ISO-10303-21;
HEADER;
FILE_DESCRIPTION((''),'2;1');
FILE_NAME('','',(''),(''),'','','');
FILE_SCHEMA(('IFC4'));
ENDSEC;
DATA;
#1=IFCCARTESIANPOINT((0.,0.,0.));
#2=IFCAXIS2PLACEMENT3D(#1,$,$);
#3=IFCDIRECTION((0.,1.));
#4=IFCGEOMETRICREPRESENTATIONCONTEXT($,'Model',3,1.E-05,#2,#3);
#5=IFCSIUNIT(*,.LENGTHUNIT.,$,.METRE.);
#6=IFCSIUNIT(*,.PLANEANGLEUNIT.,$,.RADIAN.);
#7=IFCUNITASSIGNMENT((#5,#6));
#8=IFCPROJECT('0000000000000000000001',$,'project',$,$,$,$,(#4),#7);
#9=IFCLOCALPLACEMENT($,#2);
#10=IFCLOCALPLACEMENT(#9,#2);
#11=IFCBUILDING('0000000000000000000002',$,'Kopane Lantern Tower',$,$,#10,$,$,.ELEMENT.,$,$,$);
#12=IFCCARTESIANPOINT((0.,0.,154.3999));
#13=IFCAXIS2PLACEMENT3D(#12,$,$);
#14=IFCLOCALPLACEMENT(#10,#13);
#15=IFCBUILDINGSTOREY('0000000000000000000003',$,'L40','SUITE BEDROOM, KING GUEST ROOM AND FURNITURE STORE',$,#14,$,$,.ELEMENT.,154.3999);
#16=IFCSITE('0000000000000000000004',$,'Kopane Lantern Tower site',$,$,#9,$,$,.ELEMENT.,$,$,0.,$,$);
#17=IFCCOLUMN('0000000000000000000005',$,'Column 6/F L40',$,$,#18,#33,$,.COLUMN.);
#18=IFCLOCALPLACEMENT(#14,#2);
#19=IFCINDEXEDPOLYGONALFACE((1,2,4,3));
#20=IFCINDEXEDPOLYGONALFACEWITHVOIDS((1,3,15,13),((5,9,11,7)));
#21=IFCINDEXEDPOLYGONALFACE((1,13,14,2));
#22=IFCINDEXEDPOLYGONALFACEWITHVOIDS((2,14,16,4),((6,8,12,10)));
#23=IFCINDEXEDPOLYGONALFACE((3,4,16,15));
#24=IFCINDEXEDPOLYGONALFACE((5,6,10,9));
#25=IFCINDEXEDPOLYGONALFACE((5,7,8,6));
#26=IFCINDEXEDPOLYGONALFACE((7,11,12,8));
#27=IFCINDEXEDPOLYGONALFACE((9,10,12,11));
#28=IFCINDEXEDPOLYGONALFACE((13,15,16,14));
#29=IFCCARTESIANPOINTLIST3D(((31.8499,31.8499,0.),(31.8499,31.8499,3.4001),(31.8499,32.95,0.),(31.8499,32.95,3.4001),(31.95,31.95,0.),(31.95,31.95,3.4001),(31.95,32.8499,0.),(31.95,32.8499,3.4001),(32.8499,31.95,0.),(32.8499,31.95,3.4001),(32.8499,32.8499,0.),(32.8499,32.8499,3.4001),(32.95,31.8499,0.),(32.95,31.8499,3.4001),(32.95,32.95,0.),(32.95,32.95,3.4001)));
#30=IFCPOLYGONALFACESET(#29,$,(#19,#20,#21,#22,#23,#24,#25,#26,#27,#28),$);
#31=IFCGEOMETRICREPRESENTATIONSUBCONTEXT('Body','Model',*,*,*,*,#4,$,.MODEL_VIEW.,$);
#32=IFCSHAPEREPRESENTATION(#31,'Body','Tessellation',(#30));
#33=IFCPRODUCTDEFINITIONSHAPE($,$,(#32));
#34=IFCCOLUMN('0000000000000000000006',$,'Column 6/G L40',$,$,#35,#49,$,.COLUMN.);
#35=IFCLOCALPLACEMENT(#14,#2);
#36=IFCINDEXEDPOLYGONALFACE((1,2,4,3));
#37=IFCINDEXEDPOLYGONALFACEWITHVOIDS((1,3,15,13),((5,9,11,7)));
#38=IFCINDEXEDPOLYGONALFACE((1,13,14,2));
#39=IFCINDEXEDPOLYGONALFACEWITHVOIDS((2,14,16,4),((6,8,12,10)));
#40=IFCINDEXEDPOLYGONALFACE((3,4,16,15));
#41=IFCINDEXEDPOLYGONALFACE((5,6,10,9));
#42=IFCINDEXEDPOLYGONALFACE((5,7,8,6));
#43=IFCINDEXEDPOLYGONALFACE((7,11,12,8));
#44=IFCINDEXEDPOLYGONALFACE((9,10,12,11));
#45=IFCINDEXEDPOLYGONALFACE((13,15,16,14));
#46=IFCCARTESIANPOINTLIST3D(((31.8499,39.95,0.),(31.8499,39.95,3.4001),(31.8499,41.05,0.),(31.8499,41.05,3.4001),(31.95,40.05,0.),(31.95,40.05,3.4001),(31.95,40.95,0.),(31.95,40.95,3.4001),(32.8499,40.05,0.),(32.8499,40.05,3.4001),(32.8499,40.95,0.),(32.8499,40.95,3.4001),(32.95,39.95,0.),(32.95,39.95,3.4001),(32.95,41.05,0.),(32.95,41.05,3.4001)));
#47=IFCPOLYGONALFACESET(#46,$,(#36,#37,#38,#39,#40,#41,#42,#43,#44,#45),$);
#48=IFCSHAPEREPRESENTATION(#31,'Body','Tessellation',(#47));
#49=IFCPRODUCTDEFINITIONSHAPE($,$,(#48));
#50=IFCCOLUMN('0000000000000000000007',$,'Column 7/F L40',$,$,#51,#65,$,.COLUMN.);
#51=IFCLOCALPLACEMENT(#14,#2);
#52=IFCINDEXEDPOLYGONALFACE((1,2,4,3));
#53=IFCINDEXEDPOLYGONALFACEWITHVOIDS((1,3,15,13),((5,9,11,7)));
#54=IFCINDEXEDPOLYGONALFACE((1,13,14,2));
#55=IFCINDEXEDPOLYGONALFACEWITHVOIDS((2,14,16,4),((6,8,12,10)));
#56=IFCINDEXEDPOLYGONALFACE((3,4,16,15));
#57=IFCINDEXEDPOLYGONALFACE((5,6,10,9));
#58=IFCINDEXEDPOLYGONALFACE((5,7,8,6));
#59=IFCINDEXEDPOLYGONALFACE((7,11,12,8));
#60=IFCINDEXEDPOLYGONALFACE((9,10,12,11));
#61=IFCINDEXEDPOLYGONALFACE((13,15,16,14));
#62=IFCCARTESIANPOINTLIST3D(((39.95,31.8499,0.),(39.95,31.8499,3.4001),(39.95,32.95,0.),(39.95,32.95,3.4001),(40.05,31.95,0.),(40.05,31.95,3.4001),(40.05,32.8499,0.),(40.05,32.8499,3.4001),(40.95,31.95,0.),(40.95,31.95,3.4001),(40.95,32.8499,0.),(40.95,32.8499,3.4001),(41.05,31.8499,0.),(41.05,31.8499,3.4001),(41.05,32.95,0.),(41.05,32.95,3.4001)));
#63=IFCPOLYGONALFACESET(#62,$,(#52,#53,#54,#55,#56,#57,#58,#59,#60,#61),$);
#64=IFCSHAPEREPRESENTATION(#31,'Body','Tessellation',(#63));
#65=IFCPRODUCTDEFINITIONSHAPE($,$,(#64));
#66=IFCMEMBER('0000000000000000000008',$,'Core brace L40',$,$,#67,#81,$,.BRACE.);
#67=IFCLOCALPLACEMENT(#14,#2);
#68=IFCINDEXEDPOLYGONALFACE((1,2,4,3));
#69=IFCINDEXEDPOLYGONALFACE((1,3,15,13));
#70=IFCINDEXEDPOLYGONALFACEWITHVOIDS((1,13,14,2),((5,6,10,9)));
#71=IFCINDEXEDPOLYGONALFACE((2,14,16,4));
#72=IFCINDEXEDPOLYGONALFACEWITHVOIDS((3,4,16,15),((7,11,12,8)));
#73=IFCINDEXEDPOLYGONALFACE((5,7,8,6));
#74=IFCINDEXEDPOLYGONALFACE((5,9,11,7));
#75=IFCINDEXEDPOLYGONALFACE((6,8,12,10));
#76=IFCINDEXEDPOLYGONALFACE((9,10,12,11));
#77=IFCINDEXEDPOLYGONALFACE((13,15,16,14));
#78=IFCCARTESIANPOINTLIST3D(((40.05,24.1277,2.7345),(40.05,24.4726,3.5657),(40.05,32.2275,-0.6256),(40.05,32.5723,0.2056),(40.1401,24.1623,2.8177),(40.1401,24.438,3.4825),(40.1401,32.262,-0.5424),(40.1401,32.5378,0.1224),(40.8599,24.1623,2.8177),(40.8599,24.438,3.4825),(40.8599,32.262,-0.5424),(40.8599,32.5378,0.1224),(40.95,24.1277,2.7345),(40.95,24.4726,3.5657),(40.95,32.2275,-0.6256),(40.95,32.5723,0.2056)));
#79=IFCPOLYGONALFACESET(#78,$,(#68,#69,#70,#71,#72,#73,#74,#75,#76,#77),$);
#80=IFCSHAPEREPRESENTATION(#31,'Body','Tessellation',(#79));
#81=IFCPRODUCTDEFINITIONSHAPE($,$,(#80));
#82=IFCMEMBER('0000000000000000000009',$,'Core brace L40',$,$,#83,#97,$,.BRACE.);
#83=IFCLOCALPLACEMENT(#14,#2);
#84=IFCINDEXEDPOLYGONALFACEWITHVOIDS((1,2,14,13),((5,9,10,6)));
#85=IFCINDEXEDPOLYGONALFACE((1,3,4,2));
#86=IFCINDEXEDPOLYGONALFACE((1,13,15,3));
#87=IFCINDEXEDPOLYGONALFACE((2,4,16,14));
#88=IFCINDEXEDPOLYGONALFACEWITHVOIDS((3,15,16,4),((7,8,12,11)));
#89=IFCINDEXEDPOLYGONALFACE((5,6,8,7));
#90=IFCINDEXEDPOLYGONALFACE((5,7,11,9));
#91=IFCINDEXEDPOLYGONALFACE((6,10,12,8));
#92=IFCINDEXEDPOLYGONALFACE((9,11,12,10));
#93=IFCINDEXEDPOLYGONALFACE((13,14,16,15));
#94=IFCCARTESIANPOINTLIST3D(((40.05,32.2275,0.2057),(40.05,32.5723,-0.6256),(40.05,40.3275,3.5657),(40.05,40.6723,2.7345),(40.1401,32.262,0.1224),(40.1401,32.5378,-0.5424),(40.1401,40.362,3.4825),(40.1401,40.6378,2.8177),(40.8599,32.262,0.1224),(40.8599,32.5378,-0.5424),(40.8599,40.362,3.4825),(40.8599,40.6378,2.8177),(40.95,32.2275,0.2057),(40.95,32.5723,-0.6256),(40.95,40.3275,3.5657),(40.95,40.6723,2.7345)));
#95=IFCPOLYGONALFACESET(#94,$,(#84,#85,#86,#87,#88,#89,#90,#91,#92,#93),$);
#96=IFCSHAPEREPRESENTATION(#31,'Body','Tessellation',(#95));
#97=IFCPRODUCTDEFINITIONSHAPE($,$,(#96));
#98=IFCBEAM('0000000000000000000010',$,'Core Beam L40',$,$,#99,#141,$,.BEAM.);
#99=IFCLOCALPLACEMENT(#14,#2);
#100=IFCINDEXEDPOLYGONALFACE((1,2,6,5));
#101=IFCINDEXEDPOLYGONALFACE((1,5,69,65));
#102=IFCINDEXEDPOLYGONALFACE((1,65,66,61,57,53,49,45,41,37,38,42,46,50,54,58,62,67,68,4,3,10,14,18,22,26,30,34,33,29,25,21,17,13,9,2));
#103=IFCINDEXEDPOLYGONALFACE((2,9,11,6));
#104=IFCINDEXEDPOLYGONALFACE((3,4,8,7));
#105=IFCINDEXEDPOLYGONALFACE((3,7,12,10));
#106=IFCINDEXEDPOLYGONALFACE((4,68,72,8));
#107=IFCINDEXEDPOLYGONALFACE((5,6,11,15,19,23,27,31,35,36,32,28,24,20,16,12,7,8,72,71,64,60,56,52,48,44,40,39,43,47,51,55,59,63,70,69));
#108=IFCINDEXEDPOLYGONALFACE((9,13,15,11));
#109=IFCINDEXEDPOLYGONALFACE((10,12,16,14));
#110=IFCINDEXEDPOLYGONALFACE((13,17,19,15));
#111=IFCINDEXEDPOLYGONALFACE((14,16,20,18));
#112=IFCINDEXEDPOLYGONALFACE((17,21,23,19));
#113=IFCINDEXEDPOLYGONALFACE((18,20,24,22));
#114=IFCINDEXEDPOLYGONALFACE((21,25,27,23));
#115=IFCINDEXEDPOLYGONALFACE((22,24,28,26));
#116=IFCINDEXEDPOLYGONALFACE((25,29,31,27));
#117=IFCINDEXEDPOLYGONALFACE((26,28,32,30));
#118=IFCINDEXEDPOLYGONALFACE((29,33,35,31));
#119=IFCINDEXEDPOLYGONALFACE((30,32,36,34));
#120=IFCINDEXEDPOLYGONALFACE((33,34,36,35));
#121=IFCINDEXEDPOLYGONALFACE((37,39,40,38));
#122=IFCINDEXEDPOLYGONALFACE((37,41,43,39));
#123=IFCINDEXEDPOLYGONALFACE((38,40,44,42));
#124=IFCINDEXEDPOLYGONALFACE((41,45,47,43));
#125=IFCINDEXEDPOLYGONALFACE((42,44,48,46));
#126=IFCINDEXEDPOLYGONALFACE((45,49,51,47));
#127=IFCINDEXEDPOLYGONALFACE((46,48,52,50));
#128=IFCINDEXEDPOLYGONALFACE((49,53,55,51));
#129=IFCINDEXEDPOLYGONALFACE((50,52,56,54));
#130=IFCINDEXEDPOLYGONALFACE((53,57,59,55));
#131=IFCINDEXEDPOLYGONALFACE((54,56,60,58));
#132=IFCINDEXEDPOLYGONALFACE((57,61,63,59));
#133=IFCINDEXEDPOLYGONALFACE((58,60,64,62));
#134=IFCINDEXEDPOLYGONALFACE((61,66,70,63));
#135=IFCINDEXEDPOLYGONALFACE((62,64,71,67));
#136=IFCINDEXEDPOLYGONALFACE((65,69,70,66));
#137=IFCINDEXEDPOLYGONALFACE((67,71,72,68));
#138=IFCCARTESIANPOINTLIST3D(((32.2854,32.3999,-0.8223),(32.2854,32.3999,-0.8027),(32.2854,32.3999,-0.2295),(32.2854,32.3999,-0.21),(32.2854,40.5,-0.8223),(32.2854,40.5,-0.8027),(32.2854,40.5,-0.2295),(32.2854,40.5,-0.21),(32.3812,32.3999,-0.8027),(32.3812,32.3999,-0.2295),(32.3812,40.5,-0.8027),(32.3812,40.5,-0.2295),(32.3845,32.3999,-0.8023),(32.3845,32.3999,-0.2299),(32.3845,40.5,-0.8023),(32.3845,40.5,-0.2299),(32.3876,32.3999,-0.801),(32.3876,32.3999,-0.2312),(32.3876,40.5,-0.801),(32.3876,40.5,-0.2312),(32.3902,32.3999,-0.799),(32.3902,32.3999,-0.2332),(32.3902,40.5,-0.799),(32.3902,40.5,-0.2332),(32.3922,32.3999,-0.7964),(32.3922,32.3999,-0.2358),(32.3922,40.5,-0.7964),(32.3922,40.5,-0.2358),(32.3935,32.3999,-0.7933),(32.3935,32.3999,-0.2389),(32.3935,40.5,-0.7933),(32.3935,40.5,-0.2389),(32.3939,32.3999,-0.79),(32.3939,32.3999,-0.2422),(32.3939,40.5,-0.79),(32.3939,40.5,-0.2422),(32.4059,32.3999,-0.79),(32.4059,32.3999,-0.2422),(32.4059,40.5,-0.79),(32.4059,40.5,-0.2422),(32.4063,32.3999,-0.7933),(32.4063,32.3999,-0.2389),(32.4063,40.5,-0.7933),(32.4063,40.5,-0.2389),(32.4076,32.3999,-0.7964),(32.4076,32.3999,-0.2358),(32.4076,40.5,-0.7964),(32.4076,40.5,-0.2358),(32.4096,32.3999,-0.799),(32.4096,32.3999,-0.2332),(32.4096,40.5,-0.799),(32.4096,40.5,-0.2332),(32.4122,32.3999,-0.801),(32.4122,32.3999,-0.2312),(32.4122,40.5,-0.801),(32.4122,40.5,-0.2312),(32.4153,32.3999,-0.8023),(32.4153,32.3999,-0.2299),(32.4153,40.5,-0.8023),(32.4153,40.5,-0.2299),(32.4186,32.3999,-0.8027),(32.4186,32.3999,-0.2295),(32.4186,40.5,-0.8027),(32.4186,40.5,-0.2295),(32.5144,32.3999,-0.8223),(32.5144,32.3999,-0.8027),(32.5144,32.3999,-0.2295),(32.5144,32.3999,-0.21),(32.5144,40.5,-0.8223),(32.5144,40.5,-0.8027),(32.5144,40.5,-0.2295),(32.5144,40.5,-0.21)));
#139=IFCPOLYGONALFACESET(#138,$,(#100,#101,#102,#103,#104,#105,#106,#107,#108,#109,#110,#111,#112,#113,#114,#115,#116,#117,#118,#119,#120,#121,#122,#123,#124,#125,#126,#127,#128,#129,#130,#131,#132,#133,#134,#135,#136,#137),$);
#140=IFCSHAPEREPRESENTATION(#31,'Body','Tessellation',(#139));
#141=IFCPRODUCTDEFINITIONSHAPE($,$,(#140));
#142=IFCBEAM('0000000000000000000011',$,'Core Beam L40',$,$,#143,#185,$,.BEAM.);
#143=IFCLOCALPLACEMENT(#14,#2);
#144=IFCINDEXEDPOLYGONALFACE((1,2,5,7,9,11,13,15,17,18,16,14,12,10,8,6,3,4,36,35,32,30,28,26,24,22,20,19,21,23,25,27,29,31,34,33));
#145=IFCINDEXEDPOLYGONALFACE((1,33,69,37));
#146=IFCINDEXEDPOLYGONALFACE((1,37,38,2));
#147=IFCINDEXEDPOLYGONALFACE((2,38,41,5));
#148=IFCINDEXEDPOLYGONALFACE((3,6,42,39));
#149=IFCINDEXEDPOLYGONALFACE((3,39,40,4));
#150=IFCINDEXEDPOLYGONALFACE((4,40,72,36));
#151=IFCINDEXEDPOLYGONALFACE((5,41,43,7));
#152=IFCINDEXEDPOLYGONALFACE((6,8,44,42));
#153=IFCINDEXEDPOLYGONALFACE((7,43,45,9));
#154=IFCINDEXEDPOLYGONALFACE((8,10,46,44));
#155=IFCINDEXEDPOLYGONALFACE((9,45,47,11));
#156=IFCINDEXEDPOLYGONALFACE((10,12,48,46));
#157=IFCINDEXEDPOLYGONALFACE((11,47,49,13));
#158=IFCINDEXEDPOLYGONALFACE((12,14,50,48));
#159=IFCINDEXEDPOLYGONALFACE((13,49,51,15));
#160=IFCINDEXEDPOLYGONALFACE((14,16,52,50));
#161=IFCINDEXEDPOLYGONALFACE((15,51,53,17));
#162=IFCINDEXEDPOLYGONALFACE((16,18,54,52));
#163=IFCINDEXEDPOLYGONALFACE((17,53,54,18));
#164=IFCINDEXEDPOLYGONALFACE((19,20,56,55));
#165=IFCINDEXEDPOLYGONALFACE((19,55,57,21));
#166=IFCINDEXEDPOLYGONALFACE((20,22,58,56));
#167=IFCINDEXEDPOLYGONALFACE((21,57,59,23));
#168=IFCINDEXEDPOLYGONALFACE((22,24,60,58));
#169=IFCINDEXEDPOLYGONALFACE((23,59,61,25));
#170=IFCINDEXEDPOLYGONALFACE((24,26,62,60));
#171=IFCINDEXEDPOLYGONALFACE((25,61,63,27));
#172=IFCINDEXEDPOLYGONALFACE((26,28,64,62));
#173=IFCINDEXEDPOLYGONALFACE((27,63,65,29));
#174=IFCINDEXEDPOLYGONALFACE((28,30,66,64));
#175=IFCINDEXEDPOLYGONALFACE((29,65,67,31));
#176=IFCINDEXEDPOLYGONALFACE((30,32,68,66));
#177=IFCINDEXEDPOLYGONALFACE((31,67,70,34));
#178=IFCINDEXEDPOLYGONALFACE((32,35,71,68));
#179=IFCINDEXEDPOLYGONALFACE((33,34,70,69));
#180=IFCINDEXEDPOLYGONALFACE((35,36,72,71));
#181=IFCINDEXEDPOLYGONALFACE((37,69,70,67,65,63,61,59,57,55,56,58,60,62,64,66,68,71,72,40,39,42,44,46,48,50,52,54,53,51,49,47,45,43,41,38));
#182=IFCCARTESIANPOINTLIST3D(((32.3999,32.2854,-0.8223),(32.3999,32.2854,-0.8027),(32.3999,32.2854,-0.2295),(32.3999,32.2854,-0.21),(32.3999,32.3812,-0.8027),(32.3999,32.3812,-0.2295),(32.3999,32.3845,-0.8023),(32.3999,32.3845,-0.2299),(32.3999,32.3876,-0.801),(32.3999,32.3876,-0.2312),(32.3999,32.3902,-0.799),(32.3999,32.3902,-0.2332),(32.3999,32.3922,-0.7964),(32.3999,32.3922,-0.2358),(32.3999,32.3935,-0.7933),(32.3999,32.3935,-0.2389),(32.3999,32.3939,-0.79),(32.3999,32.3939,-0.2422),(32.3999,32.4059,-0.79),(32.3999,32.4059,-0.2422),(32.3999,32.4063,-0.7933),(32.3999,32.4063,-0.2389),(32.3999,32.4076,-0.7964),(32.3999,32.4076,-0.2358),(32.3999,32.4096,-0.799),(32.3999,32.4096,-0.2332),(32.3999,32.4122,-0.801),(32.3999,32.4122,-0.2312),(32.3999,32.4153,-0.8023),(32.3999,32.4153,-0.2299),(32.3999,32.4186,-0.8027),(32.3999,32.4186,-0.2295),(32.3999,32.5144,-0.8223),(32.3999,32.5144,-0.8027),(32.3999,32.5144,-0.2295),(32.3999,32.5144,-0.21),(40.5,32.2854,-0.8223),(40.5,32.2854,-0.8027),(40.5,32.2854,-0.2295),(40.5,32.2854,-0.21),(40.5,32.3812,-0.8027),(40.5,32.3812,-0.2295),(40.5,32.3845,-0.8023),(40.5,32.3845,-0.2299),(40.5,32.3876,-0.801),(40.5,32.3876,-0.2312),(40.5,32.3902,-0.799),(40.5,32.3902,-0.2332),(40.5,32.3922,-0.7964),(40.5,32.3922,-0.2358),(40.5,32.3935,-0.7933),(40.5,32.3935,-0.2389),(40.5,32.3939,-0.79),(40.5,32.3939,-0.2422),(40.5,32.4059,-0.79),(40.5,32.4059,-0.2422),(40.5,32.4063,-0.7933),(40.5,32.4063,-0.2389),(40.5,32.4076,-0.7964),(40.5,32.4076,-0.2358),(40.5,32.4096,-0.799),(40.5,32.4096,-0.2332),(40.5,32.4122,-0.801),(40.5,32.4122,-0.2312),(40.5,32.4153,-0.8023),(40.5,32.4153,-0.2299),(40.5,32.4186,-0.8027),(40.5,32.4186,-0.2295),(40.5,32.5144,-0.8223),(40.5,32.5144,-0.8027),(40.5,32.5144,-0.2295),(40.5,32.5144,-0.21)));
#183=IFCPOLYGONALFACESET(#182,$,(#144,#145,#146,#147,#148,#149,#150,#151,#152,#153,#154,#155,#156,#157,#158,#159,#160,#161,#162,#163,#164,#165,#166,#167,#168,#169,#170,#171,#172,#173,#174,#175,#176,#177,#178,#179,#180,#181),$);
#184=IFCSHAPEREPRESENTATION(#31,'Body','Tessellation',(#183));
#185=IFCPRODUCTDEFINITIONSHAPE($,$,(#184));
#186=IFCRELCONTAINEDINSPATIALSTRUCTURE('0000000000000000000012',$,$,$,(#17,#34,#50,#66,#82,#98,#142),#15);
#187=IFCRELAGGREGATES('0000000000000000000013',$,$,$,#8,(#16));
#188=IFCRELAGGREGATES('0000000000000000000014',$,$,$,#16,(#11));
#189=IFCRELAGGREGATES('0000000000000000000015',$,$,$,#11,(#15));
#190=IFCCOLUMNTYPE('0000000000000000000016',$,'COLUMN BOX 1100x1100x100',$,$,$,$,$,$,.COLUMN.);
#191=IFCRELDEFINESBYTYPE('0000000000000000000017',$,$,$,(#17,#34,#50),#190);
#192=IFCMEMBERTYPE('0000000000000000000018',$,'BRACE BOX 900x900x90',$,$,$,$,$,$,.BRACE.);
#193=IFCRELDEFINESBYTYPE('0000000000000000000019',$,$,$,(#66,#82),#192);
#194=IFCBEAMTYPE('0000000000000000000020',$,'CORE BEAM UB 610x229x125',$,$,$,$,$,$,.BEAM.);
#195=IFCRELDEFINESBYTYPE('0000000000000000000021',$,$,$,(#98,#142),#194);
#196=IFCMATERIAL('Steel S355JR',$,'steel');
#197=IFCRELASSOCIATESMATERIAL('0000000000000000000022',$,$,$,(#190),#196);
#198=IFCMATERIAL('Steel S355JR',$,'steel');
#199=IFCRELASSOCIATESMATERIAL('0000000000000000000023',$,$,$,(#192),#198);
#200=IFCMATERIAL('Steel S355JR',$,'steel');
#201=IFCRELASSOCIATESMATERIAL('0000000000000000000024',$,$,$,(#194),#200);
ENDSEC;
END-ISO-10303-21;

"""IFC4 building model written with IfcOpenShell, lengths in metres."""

from ifc_helpers import new_model, si_unit, direction, frame, origin, origin_2d, place, context, subcontext, project, spatial, hollow_rectangle, i_section, extrude, material, material_profile, profile_set, type_object, element, save


model = new_model("IFC4")

# Units and contexts
model_context = context("Model", 3, precision=1e-05, world=origin(), true_north=direction((0.0, 1.0)))
body_context = subcontext(model_context, "Body", "Model", "MODEL_VIEW")
ifc_project = project(units=[si_unit("LENGTHUNIT", "METRE"), si_unit("PLANEANGLEUNIT", "RADIAN")], contexts=[model_context])

# Site, building, storey
site_placement = place(None, origin())
site = spatial("IfcSite", under=ifc_project, at=site_placement, Name="Kopane Lantern Tower site", CompositionType="ELEMENT", RefElevation=0.0)
building_placement = place(site_placement, origin())
building = spatial("IfcBuilding", under=site, at=building_placement, Name="Kopane Lantern Tower", CompositionType="ELEMENT")
storey_placement = place(building_placement, frame((0.0, 0.0, 154.3999)))
storey = spatial("IfcBuildingStorey", under=building, at=storey_placement, Name="L40", Description="SUITE BEDROOM, KING GUEST ROOM AND FURNITURE STORE", CompositionType="ELEMENT", Elevation=154.3999)

# Columns
ifc_material_1 = material(Name="Steel S355JR", Category="steel")
ifc_material_profile_1 = material_profile(ifc_material_1, hollow_rectangle(XDim=1.1001, YDim=1.1001, WallThickness=0.1001, at=origin_2d()), Name="BOX 1100x1100x100")
ifc_profile_set_1 = profile_set([ifc_material_profile_1], Name="Steel S355JR")
column_type = type_object("IfcColumnType", Name="COLUMN BOX 1100x1100x100", PredefinedType="COLUMN", material=ifc_profile_set_1)
for number, where, z_axis, x_axis, name in (
    (1, (32.3999, 32.3999, 0.0), (0.0, 0.0, 1.0), (1.0, 0.0, 0.0), "Column 6/F L40"),
    (2, (32.3999, 40.5, 0.0), (0.0, 0.0, 1.0), (1.0, 0.0, 0.0), "Column 6/G L40"),
    (3, (40.5, 32.3999, 0.0), (0.0, 0.0, 1.0), (1.0, 0.0, 0.0), "Column 7/F L40"),
):
    element("IfcColumn", number, at=place(storey_placement, frame(where, z_axis=z_axis, x_axis=x_axis)), inside=storey, type_object=column_type, Name=name, PredefinedType="COLUMN", context=body_context, shape_type="SweptSolid", body=[
        extrude(hollow_rectangle(XDim=1.1001, YDim=1.1001, WallThickness=0.1001, at=origin_2d()), origin(), (0.0, 0.0, 1.0), 3.4001),
    ])

# Members
ifc_material_2 = material(Name="Steel S355JR", Category="steel")
ifc_material_profile_2 = material_profile(ifc_material_2, hollow_rectangle(XDim=0.8999, YDim=0.8999, WallThickness=0.0901, at=origin_2d()), Name="BOX 900x900x90")
ifc_profile_set_2 = profile_set([ifc_material_profile_2], Name="Steel S355JR")
member_type = type_object("IfcMemberType", Name="BRACE BOX 900x900x90", PredefinedType="BRACE", material=ifc_profile_set_2)
member_1_placement = place(storey_placement, frame((40.5, 32.3999, -0.21), z_axis=(0.0, -0.923676, 0.383174), x_axis=(1.0, 0.0, 0.0)))
element("IfcMember", 4, at=member_1_placement, inside=storey, type_object=member_type, Name="Core brace L40", PredefinedType="BRACE", context=body_context, shape_type="SweptSolid", body=[
    extrude(hollow_rectangle(XDim=0.8999, YDim=0.8999, WallThickness=0.0901, at=origin_2d()), origin(), (0.0, 0.0, 1.0), 8.769),
])
member_2_placement = place(storey_placement, frame((40.5, 32.3999, -0.21), z_axis=(0.0, 0.92368, 0.383164), x_axis=(-1.0, 0.0, 0.0)))
element("IfcMember", 5, at=member_2_placement, inside=storey, type_object=member_type, Name="Core brace L40", PredefinedType="BRACE", context=body_context, shape_type="SweptSolid", body=[
    extrude(hollow_rectangle(XDim=0.8999, YDim=0.8999, WallThickness=0.0901, at=origin_2d()), origin(), (0.0, 0.0, 1.0), 8.7693),
])

# Beams
ifc_material_3 = material(Name="Steel S355JR", Category="steel")
ifc_material_profile_3 = material_profile(ifc_material_3, i_section(OverallWidth=0.229, OverallDepth=0.6123, WebThickness=0.012, FlangeThickness=0.0195, FilletRadius=0.0127, at=origin_2d()), Name="UB 610x229x125")
ifc_profile_set_3 = profile_set([ifc_material_profile_3], Name="Steel S355JR")
beam_type_1 = type_object("IfcBeamType", Name="CORE BEAM UB 610x229x125", PredefinedType="BEAM", material=ifc_profile_set_3)
for number, where, z_axis, x_axis, name in (
    (6, (32.3999, 32.3999, -0.5161), (0.0, 1.0, 0.0), (-1.0, 0.0, 0.0), "Core Beam L40"),
    (7, (32.3999, 32.3999, -0.5161), (1.0, 0.0, 0.0), (0.0, 1.0, 0.0), "Core Beam L40"),
):
    element("IfcBeam", number, at=place(storey_placement, frame(where, z_axis=z_axis, x_axis=x_axis)), inside=storey, type_object=beam_type_1, Name=name, PredefinedType="BEAM", context=body_context, shape_type="SweptSolid", body=[
        extrude(i_section(OverallWidth=0.229, OverallDepth=0.6123, WebThickness=0.012, FlangeThickness=0.0195, FilletRadius=0.0127, at=origin_2d()), origin(), (0.0, 0.0, 1.0), 8.1001),
    ])

save(model, "model.ifc")
